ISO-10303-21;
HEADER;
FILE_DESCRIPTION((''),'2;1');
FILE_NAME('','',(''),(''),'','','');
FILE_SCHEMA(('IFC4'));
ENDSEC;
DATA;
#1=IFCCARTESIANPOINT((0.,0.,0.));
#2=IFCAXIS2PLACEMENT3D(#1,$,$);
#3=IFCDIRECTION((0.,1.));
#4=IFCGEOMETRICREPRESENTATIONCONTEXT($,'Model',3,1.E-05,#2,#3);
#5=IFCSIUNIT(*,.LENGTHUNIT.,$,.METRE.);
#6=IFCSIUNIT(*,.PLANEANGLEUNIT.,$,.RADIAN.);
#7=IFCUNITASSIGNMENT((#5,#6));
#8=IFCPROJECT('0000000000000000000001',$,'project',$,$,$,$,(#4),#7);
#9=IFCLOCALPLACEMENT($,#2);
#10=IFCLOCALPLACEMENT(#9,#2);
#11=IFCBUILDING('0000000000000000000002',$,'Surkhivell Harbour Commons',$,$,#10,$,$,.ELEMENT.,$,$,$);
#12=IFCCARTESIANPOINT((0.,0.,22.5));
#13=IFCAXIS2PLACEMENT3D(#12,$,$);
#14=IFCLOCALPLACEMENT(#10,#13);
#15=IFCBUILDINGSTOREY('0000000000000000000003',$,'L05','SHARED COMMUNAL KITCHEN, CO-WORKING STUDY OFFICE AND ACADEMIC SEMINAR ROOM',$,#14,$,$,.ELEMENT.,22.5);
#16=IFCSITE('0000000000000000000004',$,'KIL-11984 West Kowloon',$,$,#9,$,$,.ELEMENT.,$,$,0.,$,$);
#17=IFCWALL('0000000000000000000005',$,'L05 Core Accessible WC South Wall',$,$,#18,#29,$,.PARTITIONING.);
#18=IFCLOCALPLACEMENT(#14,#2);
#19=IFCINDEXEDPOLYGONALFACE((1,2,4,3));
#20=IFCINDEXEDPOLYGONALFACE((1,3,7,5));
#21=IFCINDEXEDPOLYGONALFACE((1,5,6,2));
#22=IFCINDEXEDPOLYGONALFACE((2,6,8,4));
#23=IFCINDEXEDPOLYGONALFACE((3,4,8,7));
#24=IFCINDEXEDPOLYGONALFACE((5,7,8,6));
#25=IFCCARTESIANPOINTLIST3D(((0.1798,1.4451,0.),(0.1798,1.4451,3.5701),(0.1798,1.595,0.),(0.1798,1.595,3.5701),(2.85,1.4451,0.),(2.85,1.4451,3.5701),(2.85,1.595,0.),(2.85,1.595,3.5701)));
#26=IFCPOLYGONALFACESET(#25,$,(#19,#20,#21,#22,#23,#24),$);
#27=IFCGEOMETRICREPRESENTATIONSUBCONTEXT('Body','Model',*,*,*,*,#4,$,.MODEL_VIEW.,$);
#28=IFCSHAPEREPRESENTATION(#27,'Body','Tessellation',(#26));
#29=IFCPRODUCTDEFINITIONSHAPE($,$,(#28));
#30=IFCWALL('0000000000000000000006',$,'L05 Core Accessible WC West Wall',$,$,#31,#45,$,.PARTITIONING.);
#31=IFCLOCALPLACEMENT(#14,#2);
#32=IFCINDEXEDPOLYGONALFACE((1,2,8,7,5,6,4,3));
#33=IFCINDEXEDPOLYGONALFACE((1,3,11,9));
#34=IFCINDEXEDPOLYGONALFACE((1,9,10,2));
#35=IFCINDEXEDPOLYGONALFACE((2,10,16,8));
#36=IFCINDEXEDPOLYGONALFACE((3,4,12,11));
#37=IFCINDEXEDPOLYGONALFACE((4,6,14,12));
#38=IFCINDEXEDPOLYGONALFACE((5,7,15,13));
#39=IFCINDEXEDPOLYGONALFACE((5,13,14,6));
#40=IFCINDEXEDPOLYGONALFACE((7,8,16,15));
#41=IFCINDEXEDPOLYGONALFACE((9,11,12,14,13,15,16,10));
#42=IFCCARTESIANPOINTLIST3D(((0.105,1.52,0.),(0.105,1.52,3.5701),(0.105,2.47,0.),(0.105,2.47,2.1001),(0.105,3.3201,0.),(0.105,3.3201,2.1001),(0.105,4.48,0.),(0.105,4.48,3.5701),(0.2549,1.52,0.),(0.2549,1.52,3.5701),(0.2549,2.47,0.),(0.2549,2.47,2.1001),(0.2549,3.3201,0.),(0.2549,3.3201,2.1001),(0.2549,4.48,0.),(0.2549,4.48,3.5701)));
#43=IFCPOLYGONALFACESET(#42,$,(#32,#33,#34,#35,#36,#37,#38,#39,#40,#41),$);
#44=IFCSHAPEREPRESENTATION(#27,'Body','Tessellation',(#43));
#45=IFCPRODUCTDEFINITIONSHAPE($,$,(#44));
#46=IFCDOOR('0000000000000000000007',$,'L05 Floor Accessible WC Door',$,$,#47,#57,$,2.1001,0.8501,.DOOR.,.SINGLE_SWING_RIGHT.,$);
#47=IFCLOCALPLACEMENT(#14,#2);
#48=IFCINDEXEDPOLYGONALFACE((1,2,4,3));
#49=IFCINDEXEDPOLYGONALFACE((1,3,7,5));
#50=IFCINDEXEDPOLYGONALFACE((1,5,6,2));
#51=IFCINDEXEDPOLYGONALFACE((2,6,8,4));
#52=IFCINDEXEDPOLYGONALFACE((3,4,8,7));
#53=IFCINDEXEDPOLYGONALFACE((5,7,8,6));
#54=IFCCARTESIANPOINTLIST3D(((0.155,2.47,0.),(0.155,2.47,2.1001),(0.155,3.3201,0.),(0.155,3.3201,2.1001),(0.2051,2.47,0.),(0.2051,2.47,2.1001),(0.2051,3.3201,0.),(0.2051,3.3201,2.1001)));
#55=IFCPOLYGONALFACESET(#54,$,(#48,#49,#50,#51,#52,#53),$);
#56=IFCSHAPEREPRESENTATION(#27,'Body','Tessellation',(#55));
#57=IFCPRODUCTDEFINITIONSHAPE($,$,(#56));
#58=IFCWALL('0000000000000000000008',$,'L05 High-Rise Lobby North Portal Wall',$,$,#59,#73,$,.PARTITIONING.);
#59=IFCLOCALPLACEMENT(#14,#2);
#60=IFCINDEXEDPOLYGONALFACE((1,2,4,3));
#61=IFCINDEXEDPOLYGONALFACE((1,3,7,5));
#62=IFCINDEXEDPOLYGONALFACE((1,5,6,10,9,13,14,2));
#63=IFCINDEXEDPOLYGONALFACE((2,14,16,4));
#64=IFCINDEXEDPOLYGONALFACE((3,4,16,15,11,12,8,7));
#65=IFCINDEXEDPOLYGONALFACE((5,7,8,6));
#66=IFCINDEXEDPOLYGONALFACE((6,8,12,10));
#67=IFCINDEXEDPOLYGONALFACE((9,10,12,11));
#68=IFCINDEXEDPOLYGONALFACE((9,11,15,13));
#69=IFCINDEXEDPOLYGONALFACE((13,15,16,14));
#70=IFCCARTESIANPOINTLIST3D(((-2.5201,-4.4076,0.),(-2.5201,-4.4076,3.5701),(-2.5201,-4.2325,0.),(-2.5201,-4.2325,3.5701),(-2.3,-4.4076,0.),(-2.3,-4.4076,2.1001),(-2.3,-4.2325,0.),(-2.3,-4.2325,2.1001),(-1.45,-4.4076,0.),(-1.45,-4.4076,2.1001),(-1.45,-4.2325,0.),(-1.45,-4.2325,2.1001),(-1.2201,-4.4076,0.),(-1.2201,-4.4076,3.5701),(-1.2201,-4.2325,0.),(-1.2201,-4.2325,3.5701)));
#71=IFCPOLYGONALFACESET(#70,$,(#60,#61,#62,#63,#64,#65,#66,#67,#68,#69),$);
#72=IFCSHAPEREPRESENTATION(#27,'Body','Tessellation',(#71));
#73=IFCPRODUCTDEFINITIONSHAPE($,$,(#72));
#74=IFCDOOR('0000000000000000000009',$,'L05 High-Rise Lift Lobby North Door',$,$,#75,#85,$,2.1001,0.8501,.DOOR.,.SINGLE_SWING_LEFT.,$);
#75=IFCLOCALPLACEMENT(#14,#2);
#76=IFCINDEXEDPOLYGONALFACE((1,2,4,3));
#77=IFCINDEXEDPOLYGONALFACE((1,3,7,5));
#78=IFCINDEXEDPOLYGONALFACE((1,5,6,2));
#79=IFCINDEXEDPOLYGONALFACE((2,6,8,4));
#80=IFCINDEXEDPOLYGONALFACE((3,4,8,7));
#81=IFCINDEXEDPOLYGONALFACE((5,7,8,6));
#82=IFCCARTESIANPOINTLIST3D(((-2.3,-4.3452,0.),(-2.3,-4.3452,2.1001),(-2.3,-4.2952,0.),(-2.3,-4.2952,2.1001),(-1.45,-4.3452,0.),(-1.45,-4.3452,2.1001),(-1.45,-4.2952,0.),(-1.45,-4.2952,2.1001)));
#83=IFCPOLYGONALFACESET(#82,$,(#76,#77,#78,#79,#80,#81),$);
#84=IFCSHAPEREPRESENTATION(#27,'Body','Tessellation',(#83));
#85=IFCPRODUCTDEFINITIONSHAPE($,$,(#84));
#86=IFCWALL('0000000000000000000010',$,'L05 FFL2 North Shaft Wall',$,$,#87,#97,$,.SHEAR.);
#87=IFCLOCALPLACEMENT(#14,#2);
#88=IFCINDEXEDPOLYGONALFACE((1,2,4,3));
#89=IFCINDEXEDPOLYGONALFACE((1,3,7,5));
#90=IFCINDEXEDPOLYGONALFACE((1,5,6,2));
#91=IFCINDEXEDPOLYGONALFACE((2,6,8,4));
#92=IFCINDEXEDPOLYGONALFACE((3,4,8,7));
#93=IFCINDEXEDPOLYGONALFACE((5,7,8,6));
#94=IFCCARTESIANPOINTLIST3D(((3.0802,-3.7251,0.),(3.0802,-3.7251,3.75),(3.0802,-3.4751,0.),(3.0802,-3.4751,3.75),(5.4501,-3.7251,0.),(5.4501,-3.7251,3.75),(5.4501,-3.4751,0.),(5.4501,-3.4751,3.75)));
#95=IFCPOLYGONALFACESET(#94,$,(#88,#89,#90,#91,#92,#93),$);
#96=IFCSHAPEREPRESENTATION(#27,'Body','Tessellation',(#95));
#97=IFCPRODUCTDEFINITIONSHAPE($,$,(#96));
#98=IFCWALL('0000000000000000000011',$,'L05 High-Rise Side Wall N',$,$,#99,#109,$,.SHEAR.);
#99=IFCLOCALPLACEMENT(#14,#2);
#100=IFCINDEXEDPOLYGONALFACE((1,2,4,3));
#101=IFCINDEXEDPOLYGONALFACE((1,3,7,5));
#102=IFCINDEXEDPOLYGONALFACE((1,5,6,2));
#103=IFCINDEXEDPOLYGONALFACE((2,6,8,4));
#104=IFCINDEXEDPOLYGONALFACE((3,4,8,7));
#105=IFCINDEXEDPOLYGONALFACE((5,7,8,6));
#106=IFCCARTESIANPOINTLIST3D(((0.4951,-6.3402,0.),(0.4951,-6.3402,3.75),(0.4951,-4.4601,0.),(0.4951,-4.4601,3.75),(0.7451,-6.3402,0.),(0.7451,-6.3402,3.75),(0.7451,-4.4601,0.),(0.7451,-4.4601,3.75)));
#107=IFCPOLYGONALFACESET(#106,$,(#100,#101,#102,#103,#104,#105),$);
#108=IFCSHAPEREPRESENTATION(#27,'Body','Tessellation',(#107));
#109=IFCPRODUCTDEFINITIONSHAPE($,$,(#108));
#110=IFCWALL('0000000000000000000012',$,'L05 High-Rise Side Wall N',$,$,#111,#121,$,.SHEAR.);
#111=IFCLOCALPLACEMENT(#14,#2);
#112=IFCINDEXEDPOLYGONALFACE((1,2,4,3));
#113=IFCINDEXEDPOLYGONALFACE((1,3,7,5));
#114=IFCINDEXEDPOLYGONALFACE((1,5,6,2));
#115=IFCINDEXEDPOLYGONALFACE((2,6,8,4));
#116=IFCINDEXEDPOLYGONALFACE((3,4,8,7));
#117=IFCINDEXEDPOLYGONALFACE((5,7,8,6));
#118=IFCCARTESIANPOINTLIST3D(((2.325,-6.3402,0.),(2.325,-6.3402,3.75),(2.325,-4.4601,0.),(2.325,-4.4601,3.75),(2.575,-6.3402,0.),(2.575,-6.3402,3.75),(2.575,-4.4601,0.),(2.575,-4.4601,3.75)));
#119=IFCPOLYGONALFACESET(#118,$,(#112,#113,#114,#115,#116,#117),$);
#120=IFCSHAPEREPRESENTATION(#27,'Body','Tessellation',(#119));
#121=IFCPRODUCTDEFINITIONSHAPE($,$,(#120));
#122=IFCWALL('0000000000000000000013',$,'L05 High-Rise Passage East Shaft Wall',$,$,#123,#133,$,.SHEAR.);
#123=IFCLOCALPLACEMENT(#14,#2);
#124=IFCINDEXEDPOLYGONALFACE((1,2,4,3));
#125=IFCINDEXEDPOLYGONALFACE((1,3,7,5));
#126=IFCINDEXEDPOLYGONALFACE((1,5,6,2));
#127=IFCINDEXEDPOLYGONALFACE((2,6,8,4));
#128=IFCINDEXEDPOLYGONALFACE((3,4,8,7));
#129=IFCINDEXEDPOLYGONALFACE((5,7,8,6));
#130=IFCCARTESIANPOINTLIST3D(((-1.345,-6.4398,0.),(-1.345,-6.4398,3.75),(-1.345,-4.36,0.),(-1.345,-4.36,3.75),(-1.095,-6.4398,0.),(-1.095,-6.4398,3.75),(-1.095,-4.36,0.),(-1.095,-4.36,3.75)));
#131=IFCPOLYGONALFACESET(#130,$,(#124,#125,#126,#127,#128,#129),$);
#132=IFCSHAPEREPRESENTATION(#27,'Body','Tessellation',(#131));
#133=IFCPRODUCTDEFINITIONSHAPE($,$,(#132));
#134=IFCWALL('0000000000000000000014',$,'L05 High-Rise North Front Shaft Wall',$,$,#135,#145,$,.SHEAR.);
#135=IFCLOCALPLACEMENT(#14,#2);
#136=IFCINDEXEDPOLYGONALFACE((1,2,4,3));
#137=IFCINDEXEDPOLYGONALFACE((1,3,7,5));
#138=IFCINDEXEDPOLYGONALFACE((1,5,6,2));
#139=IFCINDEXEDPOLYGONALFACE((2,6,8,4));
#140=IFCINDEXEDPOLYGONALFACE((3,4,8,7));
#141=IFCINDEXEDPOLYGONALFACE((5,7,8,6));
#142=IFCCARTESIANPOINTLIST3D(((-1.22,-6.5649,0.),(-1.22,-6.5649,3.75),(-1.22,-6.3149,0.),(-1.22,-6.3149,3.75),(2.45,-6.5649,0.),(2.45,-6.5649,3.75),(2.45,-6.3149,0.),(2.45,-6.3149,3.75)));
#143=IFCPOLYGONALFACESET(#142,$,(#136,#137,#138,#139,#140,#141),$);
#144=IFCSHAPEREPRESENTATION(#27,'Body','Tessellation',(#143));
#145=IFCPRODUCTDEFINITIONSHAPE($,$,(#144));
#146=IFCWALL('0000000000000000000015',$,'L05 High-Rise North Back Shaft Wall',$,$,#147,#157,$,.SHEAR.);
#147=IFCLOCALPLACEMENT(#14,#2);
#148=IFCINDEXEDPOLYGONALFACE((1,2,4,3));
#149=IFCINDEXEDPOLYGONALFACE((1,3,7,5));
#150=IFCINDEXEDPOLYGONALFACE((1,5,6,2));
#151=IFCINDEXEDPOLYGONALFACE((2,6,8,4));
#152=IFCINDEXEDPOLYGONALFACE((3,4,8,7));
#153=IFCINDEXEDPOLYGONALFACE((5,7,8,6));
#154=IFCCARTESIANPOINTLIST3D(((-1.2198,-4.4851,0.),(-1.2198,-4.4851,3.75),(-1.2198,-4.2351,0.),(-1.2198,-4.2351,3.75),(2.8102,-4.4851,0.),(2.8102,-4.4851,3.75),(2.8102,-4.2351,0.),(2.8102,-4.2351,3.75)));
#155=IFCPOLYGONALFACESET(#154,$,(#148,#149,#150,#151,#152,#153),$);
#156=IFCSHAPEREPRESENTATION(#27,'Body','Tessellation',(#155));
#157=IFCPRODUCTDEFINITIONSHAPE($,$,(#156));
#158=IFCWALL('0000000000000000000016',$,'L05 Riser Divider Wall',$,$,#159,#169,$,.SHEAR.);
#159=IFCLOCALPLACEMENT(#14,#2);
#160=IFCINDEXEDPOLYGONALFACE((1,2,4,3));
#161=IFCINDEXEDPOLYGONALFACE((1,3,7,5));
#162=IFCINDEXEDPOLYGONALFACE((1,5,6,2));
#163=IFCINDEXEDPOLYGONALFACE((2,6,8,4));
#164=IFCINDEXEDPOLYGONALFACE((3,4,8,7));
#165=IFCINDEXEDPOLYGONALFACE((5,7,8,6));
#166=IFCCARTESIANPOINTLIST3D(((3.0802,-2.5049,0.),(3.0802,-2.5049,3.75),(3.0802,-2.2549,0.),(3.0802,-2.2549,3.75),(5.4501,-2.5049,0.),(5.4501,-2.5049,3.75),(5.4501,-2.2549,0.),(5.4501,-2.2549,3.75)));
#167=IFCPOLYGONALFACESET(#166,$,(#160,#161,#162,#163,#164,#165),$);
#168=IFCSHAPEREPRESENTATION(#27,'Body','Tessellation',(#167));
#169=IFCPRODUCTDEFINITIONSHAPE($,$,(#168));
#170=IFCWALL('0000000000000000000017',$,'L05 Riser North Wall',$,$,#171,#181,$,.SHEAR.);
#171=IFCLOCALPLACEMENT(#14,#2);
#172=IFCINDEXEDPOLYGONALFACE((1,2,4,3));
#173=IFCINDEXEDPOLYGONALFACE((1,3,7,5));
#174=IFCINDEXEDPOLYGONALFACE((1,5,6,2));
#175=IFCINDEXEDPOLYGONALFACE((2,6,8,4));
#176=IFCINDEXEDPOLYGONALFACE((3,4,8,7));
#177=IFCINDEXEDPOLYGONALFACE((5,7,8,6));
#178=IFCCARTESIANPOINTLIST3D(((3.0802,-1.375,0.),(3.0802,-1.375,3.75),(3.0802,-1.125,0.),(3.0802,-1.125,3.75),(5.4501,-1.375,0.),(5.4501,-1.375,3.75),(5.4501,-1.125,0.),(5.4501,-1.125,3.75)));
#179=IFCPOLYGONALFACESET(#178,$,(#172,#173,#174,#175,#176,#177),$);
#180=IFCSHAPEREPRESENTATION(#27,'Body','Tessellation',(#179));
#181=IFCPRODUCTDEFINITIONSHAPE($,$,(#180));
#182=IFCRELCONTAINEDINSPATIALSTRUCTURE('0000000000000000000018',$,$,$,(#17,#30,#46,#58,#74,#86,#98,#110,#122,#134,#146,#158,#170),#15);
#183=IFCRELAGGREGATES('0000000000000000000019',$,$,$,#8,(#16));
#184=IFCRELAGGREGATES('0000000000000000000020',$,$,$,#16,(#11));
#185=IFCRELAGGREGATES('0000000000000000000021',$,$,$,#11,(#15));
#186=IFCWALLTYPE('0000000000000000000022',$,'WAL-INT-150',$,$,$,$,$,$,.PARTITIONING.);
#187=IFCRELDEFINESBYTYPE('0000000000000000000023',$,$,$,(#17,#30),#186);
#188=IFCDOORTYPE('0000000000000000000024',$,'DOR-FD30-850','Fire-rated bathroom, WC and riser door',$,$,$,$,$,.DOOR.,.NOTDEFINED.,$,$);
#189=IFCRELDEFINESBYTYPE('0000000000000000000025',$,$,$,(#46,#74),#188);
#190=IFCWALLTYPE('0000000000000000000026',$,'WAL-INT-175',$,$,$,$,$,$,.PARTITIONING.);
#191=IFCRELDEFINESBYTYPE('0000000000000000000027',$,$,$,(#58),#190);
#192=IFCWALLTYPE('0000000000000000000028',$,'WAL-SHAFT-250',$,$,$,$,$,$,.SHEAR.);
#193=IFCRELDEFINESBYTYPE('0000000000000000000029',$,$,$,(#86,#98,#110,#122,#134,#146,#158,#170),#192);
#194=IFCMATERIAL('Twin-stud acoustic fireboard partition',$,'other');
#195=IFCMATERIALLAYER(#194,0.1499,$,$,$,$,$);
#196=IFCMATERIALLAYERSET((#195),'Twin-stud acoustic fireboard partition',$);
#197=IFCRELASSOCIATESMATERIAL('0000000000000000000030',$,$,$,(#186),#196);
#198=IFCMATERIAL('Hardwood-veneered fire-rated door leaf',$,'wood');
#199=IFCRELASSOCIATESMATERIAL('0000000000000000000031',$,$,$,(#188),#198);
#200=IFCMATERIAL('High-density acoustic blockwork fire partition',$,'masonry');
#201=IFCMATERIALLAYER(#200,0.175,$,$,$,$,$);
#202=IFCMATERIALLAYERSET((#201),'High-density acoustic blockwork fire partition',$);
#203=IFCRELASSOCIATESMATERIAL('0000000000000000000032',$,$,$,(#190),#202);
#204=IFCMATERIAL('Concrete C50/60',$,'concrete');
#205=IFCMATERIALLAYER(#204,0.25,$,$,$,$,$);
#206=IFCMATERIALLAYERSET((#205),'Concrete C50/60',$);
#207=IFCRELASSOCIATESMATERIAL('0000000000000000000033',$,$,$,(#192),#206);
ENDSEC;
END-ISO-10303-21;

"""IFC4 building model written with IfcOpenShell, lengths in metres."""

from ifc_helpers import new_model, si_unit, direction, frame, frame_2d, origin, place, context, subcontext, project, spatial, rectangle, extrude, material, layer, layer_set, type_object, element, fill, save


model = new_model("IFC4")

# Units and contexts
model_context = context("Model", 3, precision=1e-05, world=origin(), true_north=direction((0.0, 1.0)))
body_context = subcontext(model_context, "Body", "Model", "MODEL_VIEW")
ifc_project = project(units=[si_unit("LENGTHUNIT", "METRE"), si_unit("PLANEANGLEUNIT", "RADIAN")], contexts=[model_context])

# Site, building, storey
site_placement = place(None, origin())
site = spatial("IfcSite", under=ifc_project, at=site_placement, Name="KIL-11984 West Kowloon", CompositionType="ELEMENT", RefElevation=0.0)
building_placement = place(site_placement, origin())
building = spatial("IfcBuilding", under=site, at=building_placement, Name="Surkhivell Harbour Commons", CompositionType="ELEMENT")
storey_placement = place(building_placement, frame((0.0, 0.0, 22.5)))
storey = spatial("IfcBuildingStorey", under=building, at=storey_placement, Name="L05", Description="SHARED COMMUNAL KITCHEN, CO-WORKING STUDY OFFICE AND ACADEMIC SEMINAR ROOM", CompositionType="ELEMENT", Elevation=22.5)

# Wall
ifc_material_1 = material(Name="Twin-stud acoustic fireboard partition", Category="other")
ifc_layer_1 = layer(ifc_material_1, 0.1499)
ifc_layer_set_1 = layer_set([ifc_layer_1], Name="Twin-stud acoustic fireboard partition")
wall_type_1 = type_object("IfcWallType", Name="WAL-INT-150", PredefinedType="PARTITIONING", material=ifc_layer_set_1)
wall_1_placement = place(storey_placement, frame((0.1799, 1.52, 0.0), z_axis=(0.0, 0.0, 1.0), x_axis=(1.0, 0.0, 0.0)))
element("IfcWall", 1, at=wall_1_placement, inside=storey, type_object=wall_type_1, Name="L05 Core Accessible WC South Wall", PredefinedType="PARTITIONING", context=body_context, shape_type="SweptSolid", body=[
    extrude(rectangle(XDim=2.6702, YDim=0.1499, at=frame_2d((1.335, 0.0))), origin(), (0.0, 0.0, 1.0), 3.5701),
])

# Walls, openings, doors
wall_2_placement = place(storey_placement, frame((0.1799, 1.52, 0.0), z_axis=(0.0, 0.0, 1.0), x_axis=(0.0, 1.0, 0.0)))
wall_2 = element("IfcWall", 2, at=wall_2_placement, inside=storey, type_object=wall_type_1, Name="L05 Core Accessible WC West Wall", PredefinedType="PARTITIONING", context=body_context, shape_type="SweptSolid", body=[
    extrude(rectangle(XDim=2.96, YDim=0.1499, at=frame_2d((1.48, 0.0))), origin(), (0.0, 0.0, 1.0), 3.5701),
])
opening_1_placement = place(wall_2_placement, frame((0.95, 0.0, 0.0)))
opening_1 = element("IfcOpeningElement", 3, at=opening_1_placement, cuts=wall_2, PredefinedType="OPENING", context=body_context, shape_type="SweptSolid", body=[
    extrude(rectangle(XDim=0.8501, YDim=2.1001, at=frame_2d((0.425, 1.05))), frame((0.0, 0.085, 0.0), z_axis=(0.0, -1.0, 0.0), x_axis=(1.0, 0.0, 0.0)), (0.0, 0.0, 1.0), 0.1699),
])
ifc_material_2 = material(Name="Hardwood-veneered fire-rated door leaf", Category="wood")
door_type_1 = type_object("IfcDoorType", Name="DOR-FD30-850", Description="Fire-rated bathroom, WC and riser door", OperationType="NOTDEFINED", PredefinedType="DOOR", material=ifc_material_2)
door_1_placement = place(opening_1_placement, origin())
door_1 = element("IfcDoor", 4, at=door_1_placement, inside=storey, type_object=door_type_1, Name="L05 Floor Accessible WC Door", OperationType="SINGLE_SWING_RIGHT", OverallHeight=2.1001, OverallWidth=0.8501, PredefinedType="DOOR", context=body_context, shape_type="SweptSolid", body=[
    extrude(rectangle(XDim=0.8501, YDim=2.1001, at=frame_2d((0.425, 1.05))), frame((0.0, 0.0249, 0.0), z_axis=(0.0, -1.0, 0.0), x_axis=(1.0, 0.0, 0.0)), (0.0, 0.0, 1.0), 0.05),
])
fill(opening_1, door_1)
ifc_material_3 = material(Name="High-density acoustic blockwork fire partition", Category="masonry")
ifc_layer_2 = layer(ifc_material_3, 0.175)
ifc_layer_set_2 = layer_set([ifc_layer_2], Name="High-density acoustic blockwork fire partition")
wall_type_2 = type_object("IfcWallType", Name="WAL-INT-175", PredefinedType="PARTITIONING", material=ifc_layer_set_2)
wall_3_placement = place(storey_placement, frame((-2.52, -4.3201, 0.0), z_axis=(0.0, 0.0, 1.0), x_axis=(1.0, 0.0, 0.0)))
wall_3 = element("IfcWall", 5, at=wall_3_placement, inside=storey, type_object=wall_type_2, Name="L05 High-Rise Lobby North Portal Wall", PredefinedType="PARTITIONING", context=body_context, shape_type="SweptSolid", body=[
    extrude(rectangle(XDim=1.3, YDim=0.175, at=frame_2d((0.6499, 0.0))), origin(), (0.0, 0.0, 1.0), 3.5701),
])
opening_2_placement = place(wall_3_placement, frame((0.22, 0.0, 0.0)))
opening_2 = element("IfcOpeningElement", 6, at=opening_2_placement, cuts=wall_3, PredefinedType="OPENING", context=body_context, shape_type="SweptSolid", body=[
    extrude(rectangle(XDim=0.8501, YDim=2.1001, at=frame_2d((0.425, 1.05))), frame((0.0, 0.0974, 0.0), z_axis=(0.0, -1.0, 0.0), x_axis=(1.0, 0.0, 0.0)), (0.0, 0.0, 1.0), 0.1951),
])
door_2_placement = place(opening_2_placement, origin())
door_2 = element("IfcDoor", 7, at=door_2_placement, inside=storey, type_object=door_type_1, Name="L05 High-Rise Lift Lobby North Door", OperationType="SINGLE_SWING_LEFT", OverallHeight=2.1001, OverallWidth=0.8501, PredefinedType="DOOR", context=body_context, shape_type="SweptSolid", body=[
    extrude(rectangle(XDim=0.8501, YDim=2.1001, at=frame_2d((0.425, 1.05))), frame((0.0, 0.0249, 0.0), z_axis=(0.0, -1.0, 0.0), x_axis=(1.0, 0.0, 0.0)), (0.0, 0.0, 1.0), 0.05),
])
fill(opening_2, door_2)

# Walls
ifc_material_4 = material(Name="Concrete C50/60", Category="concrete")
ifc_layer_3 = layer(ifc_material_4, 0.25)
ifc_layer_set_3 = layer_set([ifc_layer_3], Name="Concrete C50/60")
wall_type_3 = type_object("IfcWallType", Name="WAL-SHAFT-250", PredefinedType="SHEAR", material=ifc_layer_set_3)
wall_4_placement = place(storey_placement, frame((3.0801, -3.6001, 0.0), z_axis=(0.0, 0.0, 1.0), x_axis=(1.0, 0.0, 0.0)))
element("IfcWall", 8, at=wall_4_placement, inside=storey, type_object=wall_type_3, Name="L05 FFL2 North Shaft Wall", PredefinedType="SHEAR", context=body_context, shape_type="SweptSolid", body=[
    extrude(rectangle(XDim=2.3699, YDim=0.25, at=frame_2d((1.1851, 0.0))), origin(), (0.0, 0.0, 1.0), 3.75),
])
for number, where, z_axis, x_axis, name in (
    (9, (0.6201, -6.3401, 0.0), (0.0, 0.0, 1.0), (0.0, 1.0, 0.0), "L05 High-Rise Side Wall N"),
    (10, (2.45, -6.3401, 0.0), (0.0, 0.0, 1.0), (0.0, 1.0, 0.0), "L05 High-Rise Side Wall N"),
):
    element("IfcWall", number, at=place(storey_placement, frame(where, z_axis=z_axis, x_axis=x_axis)), inside=storey, type_object=wall_type_3, Name=name, PredefinedType="SHEAR", context=body_context, shape_type="SweptSolid", body=[
        extrude(rectangle(XDim=1.8801, YDim=0.25, at=frame_2d((0.9399, 0.0))), origin(), (0.0, 0.0, 1.0), 3.75),
    ])
wall_5_placement = place(storey_placement, frame((-1.22, -6.4399, 0.0), z_axis=(0.0, 0.0, 1.0), x_axis=(0.0, 1.0, 0.0)))
element("IfcWall", 11, at=wall_5_placement, inside=storey, type_object=wall_type_3, Name="L05 High-Rise Passage East Shaft Wall", PredefinedType="SHEAR", context=body_context, shape_type="SweptSolid", body=[
    extrude(rectangle(XDim=2.0798, YDim=0.25, at=frame_2d((1.04, 0.0))), origin(), (0.0, 0.0, 1.0), 3.75),
])
wall_6_placement = place(storey_placement, frame((-1.22, -6.4399, 0.0), z_axis=(0.0, 0.0, 1.0), x_axis=(1.0, 0.0, 0.0)))
element("IfcWall", 12, at=wall_6_placement, inside=storey, type_object=wall_type_3, Name="L05 High-Rise North Front Shaft Wall", PredefinedType="SHEAR", context=body_context, shape_type="SweptSolid", body=[
    extrude(rectangle(XDim=3.6699, YDim=0.25, at=frame_2d((1.835, 0.0))), origin(), (0.0, 0.0, 1.0), 3.75),
])
wall_7_placement = place(storey_placement, frame((-1.22, -4.3601, 0.0), z_axis=(0.0, 0.0, 1.0), x_axis=(1.0, 0.0, 0.0)))
element("IfcWall", 13, at=wall_7_placement, inside=storey, type_object=wall_type_3, Name="L05 High-Rise North Back Shaft Wall", PredefinedType="SHEAR", context=body_context, shape_type="SweptSolid", body=[
    extrude(rectangle(XDim=4.03, YDim=0.25, at=frame_2d((2.0151, 0.0))), origin(), (0.0, 0.0, 1.0), 3.75),
])
for number, where, z_axis, x_axis, name in (
    (14, (3.0801, -2.3799, 0.0), (0.0, 0.0, 1.0), (1.0, 0.0, 0.0), "L05 Riser Divider Wall"),
    (15, (3.0801, -1.25, 0.0), (0.0, 0.0, 1.0), (1.0, 0.0, 0.0), "L05 Riser North Wall"),
):
    element("IfcWall", number, at=place(storey_placement, frame(where, z_axis=z_axis, x_axis=x_axis)), inside=storey, type_object=wall_type_3, Name=name, PredefinedType="SHEAR", context=body_context, shape_type="SweptSolid", body=[
        extrude(rectangle(XDim=2.3699, YDim=0.25, at=frame_2d((1.1851, 0.0))), origin(), (0.0, 0.0, 1.0), 3.75),
    ])

save(model, "model.ifc")
